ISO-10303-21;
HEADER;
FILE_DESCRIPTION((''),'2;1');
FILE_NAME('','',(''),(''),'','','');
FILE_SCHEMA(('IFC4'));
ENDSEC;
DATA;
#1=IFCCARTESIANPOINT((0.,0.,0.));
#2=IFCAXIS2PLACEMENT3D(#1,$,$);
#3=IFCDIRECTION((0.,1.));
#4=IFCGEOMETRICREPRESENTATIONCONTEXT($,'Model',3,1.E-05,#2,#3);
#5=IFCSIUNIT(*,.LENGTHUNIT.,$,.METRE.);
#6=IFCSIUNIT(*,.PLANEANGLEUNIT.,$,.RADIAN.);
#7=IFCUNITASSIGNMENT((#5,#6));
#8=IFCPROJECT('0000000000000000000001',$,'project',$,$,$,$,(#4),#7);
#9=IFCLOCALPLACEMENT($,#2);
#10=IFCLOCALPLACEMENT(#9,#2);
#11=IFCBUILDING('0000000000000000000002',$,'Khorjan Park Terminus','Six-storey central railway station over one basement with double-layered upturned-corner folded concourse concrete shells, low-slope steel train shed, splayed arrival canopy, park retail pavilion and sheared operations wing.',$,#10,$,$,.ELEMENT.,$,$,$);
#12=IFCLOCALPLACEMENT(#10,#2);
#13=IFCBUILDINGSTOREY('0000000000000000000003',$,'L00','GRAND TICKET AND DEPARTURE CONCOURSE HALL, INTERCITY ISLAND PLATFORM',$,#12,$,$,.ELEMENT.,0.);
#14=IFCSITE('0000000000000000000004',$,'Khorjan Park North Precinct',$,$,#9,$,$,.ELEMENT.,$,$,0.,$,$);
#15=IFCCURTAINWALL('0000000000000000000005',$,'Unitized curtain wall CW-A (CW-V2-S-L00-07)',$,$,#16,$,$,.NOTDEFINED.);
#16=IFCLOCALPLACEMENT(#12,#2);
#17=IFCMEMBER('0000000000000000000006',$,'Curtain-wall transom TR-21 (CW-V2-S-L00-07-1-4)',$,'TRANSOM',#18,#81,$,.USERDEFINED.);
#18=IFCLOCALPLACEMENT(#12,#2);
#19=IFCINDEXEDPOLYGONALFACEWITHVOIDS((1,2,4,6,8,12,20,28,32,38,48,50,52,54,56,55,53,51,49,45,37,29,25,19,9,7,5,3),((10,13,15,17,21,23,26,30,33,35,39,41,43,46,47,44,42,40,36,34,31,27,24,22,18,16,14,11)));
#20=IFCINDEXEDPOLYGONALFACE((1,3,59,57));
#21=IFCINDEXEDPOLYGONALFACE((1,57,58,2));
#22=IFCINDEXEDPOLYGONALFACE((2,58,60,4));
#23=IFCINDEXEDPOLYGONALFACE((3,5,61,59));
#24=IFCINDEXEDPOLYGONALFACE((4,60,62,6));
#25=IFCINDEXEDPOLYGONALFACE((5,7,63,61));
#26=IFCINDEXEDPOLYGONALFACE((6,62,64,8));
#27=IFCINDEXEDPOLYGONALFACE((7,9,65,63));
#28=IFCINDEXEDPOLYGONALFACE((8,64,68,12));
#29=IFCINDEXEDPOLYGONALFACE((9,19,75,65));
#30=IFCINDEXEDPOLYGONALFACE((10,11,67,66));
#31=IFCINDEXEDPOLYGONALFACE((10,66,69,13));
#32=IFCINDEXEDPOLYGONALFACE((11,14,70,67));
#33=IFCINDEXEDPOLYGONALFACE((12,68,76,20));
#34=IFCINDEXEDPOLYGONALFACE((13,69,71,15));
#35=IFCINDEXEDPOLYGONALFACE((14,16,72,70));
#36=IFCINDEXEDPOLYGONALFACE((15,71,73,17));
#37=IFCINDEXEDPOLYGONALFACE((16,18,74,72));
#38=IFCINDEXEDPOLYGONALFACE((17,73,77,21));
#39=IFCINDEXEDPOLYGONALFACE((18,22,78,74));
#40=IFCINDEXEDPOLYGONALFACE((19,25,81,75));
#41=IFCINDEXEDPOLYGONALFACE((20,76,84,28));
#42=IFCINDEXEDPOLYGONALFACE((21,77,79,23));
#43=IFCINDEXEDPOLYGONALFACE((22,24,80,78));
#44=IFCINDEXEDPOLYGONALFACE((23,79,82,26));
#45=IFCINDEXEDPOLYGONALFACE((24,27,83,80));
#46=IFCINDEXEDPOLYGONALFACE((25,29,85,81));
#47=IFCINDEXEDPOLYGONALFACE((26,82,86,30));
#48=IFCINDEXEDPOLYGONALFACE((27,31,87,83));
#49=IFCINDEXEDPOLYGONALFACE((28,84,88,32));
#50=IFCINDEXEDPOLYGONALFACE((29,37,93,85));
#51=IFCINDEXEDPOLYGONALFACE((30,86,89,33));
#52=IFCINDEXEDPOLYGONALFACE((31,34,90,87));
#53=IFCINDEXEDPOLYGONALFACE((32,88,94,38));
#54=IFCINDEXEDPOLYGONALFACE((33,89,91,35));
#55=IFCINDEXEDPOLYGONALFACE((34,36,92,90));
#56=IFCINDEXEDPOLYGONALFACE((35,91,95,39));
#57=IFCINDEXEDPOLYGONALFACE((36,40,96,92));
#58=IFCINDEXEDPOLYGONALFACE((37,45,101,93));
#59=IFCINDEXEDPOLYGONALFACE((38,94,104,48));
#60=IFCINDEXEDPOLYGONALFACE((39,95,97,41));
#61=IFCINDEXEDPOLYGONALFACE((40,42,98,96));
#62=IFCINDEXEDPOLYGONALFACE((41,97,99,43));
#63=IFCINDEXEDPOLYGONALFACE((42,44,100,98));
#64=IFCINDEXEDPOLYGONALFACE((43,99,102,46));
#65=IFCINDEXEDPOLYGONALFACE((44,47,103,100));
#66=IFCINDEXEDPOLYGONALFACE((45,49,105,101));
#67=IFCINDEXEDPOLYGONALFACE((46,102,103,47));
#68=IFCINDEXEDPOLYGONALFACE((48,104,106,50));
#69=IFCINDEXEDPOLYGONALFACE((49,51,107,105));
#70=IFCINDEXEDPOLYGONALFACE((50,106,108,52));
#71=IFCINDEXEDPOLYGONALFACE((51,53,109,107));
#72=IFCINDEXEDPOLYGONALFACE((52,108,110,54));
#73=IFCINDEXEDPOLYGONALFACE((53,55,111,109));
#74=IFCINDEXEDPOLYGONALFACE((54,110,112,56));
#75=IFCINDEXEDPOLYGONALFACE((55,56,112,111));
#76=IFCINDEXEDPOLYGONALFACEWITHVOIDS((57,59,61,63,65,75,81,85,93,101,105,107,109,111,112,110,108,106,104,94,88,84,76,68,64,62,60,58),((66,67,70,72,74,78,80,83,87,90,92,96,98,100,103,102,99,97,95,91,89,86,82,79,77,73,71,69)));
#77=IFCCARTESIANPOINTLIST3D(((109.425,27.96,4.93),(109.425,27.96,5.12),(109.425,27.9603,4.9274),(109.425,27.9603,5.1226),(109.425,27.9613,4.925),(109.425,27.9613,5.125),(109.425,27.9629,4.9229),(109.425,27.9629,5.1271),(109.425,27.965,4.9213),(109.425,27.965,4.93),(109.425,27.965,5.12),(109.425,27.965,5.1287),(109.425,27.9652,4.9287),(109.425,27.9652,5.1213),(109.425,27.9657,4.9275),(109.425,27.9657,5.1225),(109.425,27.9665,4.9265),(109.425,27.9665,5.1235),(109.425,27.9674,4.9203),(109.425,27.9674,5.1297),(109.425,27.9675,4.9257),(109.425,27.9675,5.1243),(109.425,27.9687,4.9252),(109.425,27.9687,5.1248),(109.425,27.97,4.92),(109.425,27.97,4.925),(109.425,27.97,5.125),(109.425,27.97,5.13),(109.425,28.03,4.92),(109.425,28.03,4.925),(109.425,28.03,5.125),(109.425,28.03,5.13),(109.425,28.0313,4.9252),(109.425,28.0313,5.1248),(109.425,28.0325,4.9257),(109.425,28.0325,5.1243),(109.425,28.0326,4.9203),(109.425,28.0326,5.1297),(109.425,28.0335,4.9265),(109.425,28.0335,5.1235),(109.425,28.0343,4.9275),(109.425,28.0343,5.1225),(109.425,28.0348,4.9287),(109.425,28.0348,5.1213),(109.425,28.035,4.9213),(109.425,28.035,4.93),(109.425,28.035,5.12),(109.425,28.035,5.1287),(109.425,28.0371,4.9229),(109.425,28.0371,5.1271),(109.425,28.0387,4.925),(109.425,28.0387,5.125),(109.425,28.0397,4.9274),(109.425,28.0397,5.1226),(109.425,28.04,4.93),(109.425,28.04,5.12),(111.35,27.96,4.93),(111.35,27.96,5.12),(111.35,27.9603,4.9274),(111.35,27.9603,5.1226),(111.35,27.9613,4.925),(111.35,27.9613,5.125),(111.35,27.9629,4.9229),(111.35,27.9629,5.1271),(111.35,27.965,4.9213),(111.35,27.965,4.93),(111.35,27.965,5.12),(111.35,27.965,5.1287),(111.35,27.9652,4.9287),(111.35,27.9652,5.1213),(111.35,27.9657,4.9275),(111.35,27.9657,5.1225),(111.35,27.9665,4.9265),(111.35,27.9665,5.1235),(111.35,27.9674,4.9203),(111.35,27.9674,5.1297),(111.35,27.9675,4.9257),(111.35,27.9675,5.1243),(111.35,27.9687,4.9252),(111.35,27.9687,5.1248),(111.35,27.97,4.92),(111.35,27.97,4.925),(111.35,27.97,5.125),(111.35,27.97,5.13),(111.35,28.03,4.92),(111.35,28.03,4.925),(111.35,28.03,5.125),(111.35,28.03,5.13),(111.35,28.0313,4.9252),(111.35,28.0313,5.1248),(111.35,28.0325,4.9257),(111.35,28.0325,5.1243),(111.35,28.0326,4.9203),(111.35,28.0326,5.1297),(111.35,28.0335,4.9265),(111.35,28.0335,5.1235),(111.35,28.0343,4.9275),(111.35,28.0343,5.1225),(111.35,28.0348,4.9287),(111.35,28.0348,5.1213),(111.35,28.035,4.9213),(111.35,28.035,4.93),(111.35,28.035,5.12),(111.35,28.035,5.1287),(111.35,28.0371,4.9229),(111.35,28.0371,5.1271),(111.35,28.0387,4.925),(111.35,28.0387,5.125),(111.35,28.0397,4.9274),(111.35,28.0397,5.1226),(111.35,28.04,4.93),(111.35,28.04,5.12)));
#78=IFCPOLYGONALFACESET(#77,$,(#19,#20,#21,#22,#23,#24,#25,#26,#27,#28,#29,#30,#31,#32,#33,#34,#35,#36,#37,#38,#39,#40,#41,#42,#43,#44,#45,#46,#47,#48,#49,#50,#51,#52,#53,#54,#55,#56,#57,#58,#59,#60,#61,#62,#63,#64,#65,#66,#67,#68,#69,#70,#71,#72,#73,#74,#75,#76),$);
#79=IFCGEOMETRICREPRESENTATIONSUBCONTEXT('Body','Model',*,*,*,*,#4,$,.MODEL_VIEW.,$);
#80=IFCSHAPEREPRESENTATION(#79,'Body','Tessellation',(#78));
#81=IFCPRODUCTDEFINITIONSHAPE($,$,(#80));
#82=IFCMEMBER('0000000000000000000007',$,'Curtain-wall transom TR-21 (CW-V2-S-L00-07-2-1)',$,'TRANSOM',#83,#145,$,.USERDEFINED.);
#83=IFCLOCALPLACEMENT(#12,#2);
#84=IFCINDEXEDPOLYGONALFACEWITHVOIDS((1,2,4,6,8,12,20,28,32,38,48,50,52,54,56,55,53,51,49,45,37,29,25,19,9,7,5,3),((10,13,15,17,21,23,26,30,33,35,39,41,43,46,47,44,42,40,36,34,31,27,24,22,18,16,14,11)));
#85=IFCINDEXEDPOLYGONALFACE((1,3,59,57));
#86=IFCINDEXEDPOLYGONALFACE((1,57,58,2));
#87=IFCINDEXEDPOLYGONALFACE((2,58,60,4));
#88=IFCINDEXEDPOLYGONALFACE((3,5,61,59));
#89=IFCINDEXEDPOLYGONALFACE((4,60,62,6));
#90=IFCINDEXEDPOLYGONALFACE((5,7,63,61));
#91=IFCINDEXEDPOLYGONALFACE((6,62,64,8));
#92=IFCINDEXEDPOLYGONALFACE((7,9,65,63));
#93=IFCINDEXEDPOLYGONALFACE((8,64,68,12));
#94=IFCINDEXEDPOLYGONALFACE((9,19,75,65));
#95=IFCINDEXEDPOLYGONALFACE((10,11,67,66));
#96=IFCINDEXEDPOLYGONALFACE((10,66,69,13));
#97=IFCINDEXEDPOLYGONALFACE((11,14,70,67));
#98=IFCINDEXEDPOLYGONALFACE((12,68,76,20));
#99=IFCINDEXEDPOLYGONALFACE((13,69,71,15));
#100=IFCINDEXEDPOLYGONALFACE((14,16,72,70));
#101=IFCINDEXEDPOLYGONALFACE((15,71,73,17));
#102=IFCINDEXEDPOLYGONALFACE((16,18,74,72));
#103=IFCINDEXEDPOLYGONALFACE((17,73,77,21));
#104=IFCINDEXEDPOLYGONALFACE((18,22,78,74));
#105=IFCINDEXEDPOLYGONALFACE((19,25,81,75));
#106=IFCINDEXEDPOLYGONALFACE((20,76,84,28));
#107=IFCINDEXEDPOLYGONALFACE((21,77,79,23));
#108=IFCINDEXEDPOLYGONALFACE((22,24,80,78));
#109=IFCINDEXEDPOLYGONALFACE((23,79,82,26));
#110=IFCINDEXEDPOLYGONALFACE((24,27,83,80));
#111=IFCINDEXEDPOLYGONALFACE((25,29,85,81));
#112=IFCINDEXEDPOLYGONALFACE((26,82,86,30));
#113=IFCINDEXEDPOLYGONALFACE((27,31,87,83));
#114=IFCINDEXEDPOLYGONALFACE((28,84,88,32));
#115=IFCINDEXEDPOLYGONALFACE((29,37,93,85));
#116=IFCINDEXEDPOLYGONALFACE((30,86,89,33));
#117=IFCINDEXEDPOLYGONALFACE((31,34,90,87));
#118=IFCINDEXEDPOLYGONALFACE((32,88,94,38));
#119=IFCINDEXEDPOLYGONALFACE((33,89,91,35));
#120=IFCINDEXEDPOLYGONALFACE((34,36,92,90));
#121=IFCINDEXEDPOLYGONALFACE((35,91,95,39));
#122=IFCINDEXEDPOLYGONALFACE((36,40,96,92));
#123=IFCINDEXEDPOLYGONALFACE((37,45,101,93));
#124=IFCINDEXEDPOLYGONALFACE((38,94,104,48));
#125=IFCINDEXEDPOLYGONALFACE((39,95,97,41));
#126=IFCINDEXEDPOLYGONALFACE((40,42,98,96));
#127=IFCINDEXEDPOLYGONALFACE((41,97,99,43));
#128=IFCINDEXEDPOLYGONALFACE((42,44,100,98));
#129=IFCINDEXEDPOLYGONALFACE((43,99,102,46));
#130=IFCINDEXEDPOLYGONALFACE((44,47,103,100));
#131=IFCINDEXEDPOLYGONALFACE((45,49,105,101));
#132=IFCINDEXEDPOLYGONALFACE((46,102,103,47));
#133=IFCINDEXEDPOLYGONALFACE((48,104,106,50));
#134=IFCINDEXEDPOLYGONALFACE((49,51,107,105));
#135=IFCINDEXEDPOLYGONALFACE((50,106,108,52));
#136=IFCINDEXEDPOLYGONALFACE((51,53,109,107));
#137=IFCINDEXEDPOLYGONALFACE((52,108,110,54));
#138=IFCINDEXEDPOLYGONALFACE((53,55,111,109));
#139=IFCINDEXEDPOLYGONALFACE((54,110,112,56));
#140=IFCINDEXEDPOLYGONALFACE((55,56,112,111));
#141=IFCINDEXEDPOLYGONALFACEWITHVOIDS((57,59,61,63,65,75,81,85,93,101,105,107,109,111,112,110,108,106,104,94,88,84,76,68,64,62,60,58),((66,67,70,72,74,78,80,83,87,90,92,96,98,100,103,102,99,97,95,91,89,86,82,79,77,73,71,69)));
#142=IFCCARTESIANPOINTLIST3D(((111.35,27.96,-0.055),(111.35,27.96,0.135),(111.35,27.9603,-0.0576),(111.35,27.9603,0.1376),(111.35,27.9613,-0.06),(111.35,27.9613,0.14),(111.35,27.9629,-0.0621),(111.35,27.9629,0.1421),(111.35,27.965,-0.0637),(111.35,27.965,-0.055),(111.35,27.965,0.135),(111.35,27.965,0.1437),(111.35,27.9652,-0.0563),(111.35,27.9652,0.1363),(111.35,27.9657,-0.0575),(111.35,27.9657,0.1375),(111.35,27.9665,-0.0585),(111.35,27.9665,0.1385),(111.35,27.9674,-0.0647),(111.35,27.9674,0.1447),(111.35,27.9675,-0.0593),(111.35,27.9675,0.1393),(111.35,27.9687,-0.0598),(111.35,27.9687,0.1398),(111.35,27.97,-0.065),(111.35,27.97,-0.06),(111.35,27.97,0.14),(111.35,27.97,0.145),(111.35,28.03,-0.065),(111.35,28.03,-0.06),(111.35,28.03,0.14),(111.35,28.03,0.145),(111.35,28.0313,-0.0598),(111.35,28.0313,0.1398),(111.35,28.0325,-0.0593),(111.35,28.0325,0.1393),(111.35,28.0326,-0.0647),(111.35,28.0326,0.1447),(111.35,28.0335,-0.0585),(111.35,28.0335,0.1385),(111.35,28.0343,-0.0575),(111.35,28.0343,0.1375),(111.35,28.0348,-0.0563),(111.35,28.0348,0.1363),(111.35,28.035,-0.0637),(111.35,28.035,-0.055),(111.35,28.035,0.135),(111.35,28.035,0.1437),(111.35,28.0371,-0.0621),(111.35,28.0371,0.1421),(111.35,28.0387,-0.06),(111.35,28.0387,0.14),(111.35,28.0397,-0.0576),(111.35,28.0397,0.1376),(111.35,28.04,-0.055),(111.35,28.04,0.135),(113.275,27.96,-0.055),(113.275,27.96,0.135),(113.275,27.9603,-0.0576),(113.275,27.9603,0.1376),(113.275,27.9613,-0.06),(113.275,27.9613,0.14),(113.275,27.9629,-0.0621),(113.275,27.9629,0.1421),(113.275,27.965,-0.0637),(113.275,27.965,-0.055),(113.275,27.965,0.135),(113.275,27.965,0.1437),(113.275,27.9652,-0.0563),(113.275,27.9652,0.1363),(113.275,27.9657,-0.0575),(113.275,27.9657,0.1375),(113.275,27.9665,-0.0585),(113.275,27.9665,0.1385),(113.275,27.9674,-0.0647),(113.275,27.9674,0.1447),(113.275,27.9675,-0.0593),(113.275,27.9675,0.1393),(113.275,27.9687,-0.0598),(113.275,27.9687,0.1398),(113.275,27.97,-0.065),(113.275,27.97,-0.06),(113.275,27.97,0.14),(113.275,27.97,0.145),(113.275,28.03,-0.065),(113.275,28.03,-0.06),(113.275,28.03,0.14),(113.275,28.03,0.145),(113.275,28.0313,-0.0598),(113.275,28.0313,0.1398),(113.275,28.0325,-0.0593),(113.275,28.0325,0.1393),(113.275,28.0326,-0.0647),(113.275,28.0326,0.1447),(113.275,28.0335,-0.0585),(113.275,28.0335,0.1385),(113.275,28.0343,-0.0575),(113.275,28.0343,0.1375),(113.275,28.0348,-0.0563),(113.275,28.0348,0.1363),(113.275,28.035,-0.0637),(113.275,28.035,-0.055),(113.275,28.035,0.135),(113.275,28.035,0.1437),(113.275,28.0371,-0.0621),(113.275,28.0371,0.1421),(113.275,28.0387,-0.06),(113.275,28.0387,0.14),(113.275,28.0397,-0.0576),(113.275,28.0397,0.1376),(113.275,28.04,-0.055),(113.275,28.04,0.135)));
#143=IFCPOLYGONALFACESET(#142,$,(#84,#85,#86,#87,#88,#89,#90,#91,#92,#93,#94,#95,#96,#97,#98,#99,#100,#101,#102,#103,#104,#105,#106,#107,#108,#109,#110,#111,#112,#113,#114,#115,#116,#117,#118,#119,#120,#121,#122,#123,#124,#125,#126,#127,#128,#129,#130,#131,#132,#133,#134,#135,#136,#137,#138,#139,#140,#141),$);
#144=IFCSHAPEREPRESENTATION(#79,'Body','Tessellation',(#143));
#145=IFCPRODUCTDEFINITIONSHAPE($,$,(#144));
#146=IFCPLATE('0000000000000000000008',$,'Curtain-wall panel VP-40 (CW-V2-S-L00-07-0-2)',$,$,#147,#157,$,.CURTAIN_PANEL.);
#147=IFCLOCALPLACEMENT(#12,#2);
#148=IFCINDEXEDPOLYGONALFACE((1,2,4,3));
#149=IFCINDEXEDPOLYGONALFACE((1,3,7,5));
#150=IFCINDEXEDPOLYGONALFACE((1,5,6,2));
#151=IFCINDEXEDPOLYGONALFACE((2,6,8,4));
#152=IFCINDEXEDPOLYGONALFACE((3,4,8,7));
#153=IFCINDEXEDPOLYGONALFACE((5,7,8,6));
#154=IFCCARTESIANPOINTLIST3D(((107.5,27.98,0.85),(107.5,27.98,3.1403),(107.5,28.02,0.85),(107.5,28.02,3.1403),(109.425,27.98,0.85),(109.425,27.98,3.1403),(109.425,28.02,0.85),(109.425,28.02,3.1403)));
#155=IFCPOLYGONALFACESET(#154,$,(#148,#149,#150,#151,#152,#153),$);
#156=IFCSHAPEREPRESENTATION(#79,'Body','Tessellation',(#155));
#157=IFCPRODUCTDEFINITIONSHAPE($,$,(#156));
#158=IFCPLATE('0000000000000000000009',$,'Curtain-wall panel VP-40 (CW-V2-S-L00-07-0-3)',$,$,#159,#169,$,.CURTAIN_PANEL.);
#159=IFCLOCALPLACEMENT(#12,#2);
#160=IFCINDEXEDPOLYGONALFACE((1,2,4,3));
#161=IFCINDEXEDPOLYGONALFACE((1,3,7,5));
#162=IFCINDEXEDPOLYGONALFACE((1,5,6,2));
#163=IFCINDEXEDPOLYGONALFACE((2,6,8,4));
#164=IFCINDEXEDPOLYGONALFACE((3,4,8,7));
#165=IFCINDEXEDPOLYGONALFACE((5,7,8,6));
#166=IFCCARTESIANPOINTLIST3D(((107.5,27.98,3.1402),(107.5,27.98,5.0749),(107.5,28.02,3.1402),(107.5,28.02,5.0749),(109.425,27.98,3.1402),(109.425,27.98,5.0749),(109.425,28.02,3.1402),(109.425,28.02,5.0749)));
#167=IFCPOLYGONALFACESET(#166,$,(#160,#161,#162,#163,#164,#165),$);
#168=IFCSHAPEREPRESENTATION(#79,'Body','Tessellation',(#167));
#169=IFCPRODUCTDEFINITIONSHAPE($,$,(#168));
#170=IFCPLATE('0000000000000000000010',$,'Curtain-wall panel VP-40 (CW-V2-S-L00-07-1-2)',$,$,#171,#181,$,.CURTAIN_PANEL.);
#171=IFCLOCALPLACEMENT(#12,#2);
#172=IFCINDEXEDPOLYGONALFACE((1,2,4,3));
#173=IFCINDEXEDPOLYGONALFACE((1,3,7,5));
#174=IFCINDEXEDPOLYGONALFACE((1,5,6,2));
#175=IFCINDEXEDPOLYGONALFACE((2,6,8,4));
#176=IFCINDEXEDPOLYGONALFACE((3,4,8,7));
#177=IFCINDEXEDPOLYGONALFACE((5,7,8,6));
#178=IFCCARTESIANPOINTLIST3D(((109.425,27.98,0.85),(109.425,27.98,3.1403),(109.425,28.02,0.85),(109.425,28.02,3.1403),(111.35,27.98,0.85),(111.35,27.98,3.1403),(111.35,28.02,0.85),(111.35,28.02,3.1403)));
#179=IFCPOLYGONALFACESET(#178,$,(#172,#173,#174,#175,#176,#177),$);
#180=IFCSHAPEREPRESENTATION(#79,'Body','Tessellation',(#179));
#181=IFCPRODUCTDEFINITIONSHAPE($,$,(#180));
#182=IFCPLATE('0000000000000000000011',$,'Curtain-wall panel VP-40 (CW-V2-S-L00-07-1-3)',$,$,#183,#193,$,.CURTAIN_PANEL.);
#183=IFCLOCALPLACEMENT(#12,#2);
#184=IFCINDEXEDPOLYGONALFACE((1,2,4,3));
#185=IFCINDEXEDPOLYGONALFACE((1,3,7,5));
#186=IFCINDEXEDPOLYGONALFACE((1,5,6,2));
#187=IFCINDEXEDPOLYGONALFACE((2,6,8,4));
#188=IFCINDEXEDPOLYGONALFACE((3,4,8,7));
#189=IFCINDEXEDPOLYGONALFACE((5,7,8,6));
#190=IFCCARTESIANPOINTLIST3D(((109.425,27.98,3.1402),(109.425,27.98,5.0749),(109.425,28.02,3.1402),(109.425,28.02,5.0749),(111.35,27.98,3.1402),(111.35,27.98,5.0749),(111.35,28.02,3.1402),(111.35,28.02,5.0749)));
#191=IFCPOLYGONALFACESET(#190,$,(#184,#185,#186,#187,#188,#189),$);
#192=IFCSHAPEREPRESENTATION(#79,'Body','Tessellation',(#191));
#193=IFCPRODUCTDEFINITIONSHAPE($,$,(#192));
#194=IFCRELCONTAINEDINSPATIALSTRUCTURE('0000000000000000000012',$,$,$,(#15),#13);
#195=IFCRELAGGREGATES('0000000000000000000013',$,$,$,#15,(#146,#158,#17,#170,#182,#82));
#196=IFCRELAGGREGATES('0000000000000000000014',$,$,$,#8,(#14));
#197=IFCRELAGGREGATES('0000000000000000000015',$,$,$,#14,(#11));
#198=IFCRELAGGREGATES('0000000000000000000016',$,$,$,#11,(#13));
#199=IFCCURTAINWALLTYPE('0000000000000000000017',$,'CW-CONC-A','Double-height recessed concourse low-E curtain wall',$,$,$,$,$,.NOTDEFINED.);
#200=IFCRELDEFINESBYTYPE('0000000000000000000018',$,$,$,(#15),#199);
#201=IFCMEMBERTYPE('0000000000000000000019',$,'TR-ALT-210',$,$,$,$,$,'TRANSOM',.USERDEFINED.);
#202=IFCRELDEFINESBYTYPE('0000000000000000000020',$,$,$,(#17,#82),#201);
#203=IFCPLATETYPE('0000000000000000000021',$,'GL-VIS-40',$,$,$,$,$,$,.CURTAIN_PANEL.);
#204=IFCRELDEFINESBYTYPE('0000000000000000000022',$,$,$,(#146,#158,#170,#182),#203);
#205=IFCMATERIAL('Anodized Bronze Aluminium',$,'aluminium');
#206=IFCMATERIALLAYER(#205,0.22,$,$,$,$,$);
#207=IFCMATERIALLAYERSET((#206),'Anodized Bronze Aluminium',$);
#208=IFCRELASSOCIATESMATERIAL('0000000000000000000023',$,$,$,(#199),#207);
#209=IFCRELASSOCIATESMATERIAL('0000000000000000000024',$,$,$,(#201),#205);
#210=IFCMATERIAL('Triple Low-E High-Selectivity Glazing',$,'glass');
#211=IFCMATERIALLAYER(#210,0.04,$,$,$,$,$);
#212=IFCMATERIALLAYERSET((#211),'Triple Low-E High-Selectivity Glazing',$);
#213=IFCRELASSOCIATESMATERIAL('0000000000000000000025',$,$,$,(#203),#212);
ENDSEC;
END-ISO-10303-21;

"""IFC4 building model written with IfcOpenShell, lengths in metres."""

from ifc_helpers import new_model, si_unit, direction, frame, origin, origin_2d, place, context, subcontext, project, spatial, rectangle, hollow_rectangle, extrude, material, layer, layer_set, material_profile, profile_set, type_object, element, aggregate, save


model = new_model("IFC4")

# Units and contexts
model_context = context("Model", 3, precision=1e-05, world=origin(), true_north=direction((0.0, 1.0)))
body_context = subcontext(model_context, "Body", "Model", "MODEL_VIEW")
ifc_project = project(units=[si_unit("LENGTHUNIT", "METRE"), si_unit("PLANEANGLEUNIT", "RADIAN")], contexts=[model_context])

# Site, building, storey
site_placement = place(None, origin())
site = spatial("IfcSite", under=ifc_project, at=site_placement, Name="Khorjan Park North Precinct", CompositionType="ELEMENT", RefElevation=0.0)
building_placement = place(site_placement, origin())
building = spatial("IfcBuilding", under=site, at=building_placement, Name="Khorjan Park Terminus", Description="Six-storey central railway station over one basement with double-layered upturned-corner folded concourse concrete shells, low-slope steel train shed, splayed arrival canopy, park retail pavilion and sheared operations wing.", CompositionType="ELEMENT")
storey_placement = place(building_placement, origin())
storey = spatial("IfcBuildingStorey", under=building, at=storey_placement, Name="L00", Description="GRAND TICKET AND DEPARTURE CONCOURSE HALL, INTERCITY ISLAND PLATFORM", CompositionType="ELEMENT", Elevation=0.0)

# Curtain wall, members, plates
ifc_material_1 = material(Name="Anodized Bronze Aluminium", Category="aluminium")
ifc_layer_1 = layer(ifc_material_1, 0.22)
ifc_layer_set_1 = layer_set([ifc_layer_1], Name="Anodized Bronze Aluminium")
curtain_wall_type = type_object("IfcCurtainWallType", Name="CW-CONC-A", Description="Double-height recessed concourse low-E curtain wall", PredefinedType="NOTDEFINED", material=ifc_layer_set_1)
curtain_wall_placement = place(storey_placement, origin())
curtain_wall = element("IfcCurtainWall", 1, at=curtain_wall_placement, inside=storey, type_object=curtain_wall_type, Name="Unitized curtain wall CW-A (CW-V2-S-L00-07)", PredefinedType="NOTDEFINED")
ifc_material_profile_1 = material_profile(ifc_material_1, hollow_rectangle(XDim=0.08, YDim=0.21, WallThickness=0.005, InnerFilletRadius=0.005, OuterFilletRadius=0.01, at=origin_2d()), Name="ALT 80x210x5")
ifc_profile_set_1 = profile_set([ifc_material_profile_1], Name="Anodized Bronze Aluminium")
member_type_1 = type_object("IfcMemberType", Name="TR-ALT-210", ElementType="TRANSOM", PredefinedType="USERDEFINED", material=ifc_profile_set_1)
member_1_placement = place(storey_placement, frame((109.425, 28.0, 5.025), z_axis=(1.0, 0.0, 0.0), x_axis=(0.0, 1.0, 0.0)))
member_1 = element("IfcMember", 2, at=member_1_placement, type_object=member_type_1, Name="Curtain-wall transom TR-21 (CW-V2-S-L00-07-1-4)", ObjectType="TRANSOM", PredefinedType="USERDEFINED", context=body_context, shape_type="SweptSolid", body=[
    extrude(hollow_rectangle(XDim=0.08, YDim=0.21, WallThickness=0.005, InnerFilletRadius=0.005, OuterFilletRadius=0.01, at=origin_2d()), origin(), (0.0, 0.0, 1.0), 1.925),
])
member_2_placement = place(storey_placement, frame((111.35, 28.0, 0.04), z_axis=(1.0, 0.0, 0.0), x_axis=(0.0, 1.0, 0.0)))
member_2 = element("IfcMember", 3, at=member_2_placement, type_object=member_type_1, Name="Curtain-wall transom TR-21 (CW-V2-S-L00-07-2-1)", ObjectType="TRANSOM", PredefinedType="USERDEFINED", context=body_context, shape_type="SweptSolid", body=[
    extrude(hollow_rectangle(XDim=0.08, YDim=0.21, WallThickness=0.005, InnerFilletRadius=0.005, OuterFilletRadius=0.01, at=origin_2d()), origin(), (0.0, 0.0, 1.0), 1.925),
])
ifc_material_2 = material(Name="Triple Low-E High-Selectivity Glazing", Category="glass")
ifc_layer_2 = layer(ifc_material_2, 0.04)
ifc_layer_set_2 = layer_set([ifc_layer_2], Name="Triple Low-E High-Selectivity Glazing")
plate_type_1 = type_object("IfcPlateType", Name="GL-VIS-40", PredefinedType="CURTAIN_PANEL", material=ifc_layer_set_2)
plate_1_placement = place(storey_placement, frame((108.4625, 28.0, 0.85), z_axis=(0.0, 0.0, 1.0), x_axis=(1.0, 0.0, 0.0)))
plate_1 = element("IfcPlate", 4, at=plate_1_placement, type_object=plate_type_1, Name="Curtain-wall panel VP-40 (CW-V2-S-L00-07-0-2)", PredefinedType="CURTAIN_PANEL", context=body_context, shape_type="SweptSolid", body=[
    extrude(rectangle(XDim=1.925, YDim=0.04, at=origin_2d()), origin(), (0.0, 0.0, 1.0), 2.2903),
])
plate_2_placement = place(storey_placement, frame((108.4625, 28.0, 3.1402), z_axis=(0.0, 0.0, 1.0), x_axis=(1.0, 0.0, 0.0)))
plate_2 = element("IfcPlate", 5, at=plate_2_placement, type_object=plate_type_1, Name="Curtain-wall panel VP-40 (CW-V2-S-L00-07-0-3)", PredefinedType="CURTAIN_PANEL", context=body_context, shape_type="SweptSolid", body=[
    extrude(rectangle(XDim=1.925, YDim=0.04, at=origin_2d()), origin(), (0.0, 0.0, 1.0), 1.9347),
])
plate_3_placement = place(storey_placement, frame((110.3875, 28.0, 0.85), z_axis=(0.0, 0.0, 1.0), x_axis=(1.0, 0.0, 0.0)))
plate_3 = element("IfcPlate", 6, at=plate_3_placement, type_object=plate_type_1, Name="Curtain-wall panel VP-40 (CW-V2-S-L00-07-1-2)", PredefinedType="CURTAIN_PANEL", context=body_context, shape_type="SweptSolid", body=[
    extrude(rectangle(XDim=1.925, YDim=0.04, at=origin_2d()), origin(), (0.0, 0.0, 1.0), 2.2903),
])
plate_4_placement = place(storey_placement, frame((110.3875, 28.0, 3.1402), z_axis=(0.0, 0.0, 1.0), x_axis=(1.0, 0.0, 0.0)))
plate_4 = element("IfcPlate", 7, at=plate_4_placement, type_object=plate_type_1, Name="Curtain-wall panel VP-40 (CW-V2-S-L00-07-1-3)", PredefinedType="CURTAIN_PANEL", context=body_context, shape_type="SweptSolid", body=[
    extrude(rectangle(XDim=1.925, YDim=0.04, at=origin_2d()), origin(), (0.0, 0.0, 1.0), 1.9347),
])
aggregate(curtain_wall, [plate_1, plate_2, member_1, plate_3, plate_4, member_2])

save(model, "model.ifc")
